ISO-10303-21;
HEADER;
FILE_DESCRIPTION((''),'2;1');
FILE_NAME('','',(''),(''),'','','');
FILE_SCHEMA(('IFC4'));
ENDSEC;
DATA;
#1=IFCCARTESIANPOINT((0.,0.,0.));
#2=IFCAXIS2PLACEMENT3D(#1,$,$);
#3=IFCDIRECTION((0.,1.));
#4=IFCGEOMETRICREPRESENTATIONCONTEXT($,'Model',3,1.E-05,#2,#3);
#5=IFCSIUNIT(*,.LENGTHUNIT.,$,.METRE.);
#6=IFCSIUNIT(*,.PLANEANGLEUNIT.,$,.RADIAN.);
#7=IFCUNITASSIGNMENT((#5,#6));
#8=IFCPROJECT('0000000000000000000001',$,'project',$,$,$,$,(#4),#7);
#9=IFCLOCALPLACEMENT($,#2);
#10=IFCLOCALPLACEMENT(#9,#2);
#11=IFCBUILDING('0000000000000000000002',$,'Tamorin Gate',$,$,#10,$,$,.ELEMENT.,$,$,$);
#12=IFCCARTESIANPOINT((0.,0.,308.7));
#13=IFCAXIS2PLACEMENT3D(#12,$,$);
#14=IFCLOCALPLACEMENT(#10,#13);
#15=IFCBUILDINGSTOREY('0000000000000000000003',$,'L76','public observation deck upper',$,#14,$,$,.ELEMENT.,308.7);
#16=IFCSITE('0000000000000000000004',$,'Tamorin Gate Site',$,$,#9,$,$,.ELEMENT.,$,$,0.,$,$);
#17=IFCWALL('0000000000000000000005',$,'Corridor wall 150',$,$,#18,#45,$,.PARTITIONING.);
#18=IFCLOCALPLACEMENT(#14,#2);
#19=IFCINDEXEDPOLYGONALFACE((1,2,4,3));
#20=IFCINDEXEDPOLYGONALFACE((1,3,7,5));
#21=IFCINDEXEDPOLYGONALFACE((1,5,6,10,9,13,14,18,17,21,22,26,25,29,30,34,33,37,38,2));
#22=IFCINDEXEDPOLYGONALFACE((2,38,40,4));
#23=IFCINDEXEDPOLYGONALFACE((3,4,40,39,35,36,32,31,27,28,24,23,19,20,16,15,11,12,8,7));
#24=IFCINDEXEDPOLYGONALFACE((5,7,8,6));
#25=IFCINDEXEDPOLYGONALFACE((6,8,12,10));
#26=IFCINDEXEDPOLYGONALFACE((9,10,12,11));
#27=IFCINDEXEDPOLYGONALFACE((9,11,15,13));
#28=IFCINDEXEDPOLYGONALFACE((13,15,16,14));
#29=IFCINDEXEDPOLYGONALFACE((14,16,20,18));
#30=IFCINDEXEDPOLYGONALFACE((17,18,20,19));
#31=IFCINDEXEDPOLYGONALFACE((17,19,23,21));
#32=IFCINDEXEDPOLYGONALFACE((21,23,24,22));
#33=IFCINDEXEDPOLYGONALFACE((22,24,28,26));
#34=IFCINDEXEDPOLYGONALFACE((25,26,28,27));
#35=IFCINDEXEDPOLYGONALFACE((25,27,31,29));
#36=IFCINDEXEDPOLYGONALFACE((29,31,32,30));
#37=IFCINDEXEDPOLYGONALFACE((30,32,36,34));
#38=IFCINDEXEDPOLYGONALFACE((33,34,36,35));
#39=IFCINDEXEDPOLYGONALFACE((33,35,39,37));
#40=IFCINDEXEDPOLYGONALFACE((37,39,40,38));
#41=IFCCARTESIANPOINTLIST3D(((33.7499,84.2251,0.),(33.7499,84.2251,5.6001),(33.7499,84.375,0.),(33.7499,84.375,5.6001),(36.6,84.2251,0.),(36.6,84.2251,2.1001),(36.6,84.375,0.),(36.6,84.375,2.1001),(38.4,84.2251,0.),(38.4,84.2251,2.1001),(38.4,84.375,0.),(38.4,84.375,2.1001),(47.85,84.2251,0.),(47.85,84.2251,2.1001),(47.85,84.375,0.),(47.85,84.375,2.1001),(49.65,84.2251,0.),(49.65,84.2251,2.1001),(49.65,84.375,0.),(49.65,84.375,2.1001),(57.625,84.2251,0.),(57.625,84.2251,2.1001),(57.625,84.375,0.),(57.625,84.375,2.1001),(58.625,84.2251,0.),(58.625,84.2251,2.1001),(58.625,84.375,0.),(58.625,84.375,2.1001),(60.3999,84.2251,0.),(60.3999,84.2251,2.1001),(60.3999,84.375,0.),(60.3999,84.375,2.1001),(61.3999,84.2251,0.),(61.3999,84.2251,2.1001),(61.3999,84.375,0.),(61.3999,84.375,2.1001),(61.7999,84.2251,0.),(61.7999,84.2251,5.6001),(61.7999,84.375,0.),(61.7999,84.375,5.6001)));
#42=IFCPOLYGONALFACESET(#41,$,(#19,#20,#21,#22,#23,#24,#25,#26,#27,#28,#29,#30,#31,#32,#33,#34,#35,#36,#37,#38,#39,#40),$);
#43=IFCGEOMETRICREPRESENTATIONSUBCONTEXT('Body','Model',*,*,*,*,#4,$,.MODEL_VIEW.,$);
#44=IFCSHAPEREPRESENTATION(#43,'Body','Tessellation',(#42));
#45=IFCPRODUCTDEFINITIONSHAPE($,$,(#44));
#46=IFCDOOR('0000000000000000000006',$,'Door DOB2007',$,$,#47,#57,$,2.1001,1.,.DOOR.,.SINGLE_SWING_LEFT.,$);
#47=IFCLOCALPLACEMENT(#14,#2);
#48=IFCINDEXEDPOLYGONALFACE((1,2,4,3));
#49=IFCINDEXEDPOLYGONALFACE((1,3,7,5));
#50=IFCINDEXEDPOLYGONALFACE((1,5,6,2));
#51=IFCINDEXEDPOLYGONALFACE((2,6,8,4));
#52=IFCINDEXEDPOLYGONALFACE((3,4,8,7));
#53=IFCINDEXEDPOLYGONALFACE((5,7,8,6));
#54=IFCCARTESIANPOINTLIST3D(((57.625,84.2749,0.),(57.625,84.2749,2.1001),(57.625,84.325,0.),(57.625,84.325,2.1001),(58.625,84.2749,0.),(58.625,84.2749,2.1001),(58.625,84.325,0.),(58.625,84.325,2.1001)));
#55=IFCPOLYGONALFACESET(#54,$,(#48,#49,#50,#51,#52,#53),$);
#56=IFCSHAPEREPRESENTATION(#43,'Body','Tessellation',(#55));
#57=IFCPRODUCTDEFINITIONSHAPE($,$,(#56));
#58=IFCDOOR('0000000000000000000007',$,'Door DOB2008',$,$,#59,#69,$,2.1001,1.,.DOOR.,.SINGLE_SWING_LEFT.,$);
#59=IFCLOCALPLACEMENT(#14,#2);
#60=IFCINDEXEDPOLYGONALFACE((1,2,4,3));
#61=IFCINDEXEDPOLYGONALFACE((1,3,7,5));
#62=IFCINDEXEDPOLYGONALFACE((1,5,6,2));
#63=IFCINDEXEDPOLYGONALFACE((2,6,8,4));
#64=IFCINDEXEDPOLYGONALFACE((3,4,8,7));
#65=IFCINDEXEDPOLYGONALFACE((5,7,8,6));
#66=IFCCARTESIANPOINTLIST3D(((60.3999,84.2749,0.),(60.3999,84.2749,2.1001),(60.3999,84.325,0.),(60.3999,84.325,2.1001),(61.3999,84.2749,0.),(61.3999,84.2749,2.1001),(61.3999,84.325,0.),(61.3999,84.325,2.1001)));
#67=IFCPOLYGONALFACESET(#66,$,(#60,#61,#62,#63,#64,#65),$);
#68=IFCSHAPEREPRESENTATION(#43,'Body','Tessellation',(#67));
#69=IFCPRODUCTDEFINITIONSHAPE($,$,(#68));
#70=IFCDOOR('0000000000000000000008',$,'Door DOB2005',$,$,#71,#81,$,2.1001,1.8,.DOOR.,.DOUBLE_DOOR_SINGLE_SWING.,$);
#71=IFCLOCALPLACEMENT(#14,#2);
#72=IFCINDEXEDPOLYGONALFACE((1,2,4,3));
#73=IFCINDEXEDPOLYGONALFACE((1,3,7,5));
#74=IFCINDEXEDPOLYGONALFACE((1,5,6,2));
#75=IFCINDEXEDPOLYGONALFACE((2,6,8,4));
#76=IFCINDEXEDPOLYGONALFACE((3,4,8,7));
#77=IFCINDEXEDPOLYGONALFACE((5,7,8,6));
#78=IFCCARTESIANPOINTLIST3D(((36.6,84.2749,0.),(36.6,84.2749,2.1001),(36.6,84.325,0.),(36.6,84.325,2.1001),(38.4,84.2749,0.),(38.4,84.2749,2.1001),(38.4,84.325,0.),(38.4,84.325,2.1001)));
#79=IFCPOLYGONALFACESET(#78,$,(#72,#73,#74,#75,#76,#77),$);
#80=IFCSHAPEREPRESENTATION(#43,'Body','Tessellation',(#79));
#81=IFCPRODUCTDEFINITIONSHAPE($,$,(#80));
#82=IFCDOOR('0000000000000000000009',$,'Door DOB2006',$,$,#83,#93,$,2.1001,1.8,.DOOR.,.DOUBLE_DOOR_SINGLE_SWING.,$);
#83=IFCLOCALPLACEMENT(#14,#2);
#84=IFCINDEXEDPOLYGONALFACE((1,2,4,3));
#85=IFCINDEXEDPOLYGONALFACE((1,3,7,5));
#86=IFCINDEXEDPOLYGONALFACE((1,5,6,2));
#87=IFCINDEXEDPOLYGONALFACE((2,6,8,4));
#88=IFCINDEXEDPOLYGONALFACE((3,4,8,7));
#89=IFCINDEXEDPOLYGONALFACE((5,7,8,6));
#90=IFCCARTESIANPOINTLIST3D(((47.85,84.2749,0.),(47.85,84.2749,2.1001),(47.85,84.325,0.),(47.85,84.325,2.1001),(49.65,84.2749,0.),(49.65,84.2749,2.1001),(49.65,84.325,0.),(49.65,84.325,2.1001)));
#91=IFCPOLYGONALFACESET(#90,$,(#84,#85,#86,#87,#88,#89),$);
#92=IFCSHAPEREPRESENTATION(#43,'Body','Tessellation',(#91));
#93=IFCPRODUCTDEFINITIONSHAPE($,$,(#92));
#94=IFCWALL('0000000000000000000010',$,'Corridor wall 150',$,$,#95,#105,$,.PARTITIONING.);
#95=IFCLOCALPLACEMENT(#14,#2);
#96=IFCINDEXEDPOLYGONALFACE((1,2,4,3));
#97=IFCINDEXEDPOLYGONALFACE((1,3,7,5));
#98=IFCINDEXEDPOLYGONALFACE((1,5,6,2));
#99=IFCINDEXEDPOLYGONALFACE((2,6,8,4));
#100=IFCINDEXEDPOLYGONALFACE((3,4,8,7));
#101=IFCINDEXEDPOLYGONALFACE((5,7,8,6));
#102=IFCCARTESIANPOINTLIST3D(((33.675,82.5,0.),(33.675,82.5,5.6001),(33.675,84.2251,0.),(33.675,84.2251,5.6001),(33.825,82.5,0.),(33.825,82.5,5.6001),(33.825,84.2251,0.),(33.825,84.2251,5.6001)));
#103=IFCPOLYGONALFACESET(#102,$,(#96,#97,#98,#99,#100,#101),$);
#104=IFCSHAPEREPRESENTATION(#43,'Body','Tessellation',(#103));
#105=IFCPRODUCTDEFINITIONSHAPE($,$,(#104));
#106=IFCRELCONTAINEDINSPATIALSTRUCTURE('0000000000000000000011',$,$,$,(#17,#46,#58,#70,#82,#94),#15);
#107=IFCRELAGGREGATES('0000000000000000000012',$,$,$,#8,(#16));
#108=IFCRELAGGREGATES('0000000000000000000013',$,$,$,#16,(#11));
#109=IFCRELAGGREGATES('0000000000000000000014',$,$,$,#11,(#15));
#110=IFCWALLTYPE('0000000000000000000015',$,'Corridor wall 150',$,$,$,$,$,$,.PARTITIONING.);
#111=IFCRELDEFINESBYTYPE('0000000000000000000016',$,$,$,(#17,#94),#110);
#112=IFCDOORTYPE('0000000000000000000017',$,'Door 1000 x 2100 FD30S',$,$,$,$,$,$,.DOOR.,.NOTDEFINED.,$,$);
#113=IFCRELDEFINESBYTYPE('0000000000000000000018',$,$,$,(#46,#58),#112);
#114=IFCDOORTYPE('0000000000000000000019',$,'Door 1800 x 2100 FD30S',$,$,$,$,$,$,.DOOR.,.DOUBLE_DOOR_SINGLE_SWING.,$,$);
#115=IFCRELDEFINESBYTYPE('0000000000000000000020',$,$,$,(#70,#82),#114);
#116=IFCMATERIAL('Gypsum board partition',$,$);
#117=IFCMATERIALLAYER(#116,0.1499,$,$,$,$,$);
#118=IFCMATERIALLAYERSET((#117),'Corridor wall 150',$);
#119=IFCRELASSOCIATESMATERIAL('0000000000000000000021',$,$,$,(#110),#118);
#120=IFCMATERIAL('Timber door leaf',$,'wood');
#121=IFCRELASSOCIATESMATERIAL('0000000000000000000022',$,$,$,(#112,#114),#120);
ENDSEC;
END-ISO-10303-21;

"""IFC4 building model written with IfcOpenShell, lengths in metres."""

from ifc_helpers import new_model, si_unit, direction, frame, frame_2d, origin, place, context, subcontext, project, spatial, rectangle, extrude, material, layer, layer_set, type_object, element, fill, save


model = new_model("IFC4")

# Units and contexts
model_context = context("Model", 3, precision=1e-05, world=origin(), true_north=direction((0.0, 1.0)))
body_context = subcontext(model_context, "Body", "Model", "MODEL_VIEW")
ifc_project = project(units=[si_unit("LENGTHUNIT", "METRE"), si_unit("PLANEANGLEUNIT", "RADIAN")], contexts=[model_context])

# Site, building, storey
site_placement = place(None, origin())
site = spatial("IfcSite", under=ifc_project, at=site_placement, Name="Tamorin Gate Site", CompositionType="ELEMENT", RefElevation=0.0)
building_placement = place(site_placement, origin())
building = spatial("IfcBuilding", under=site, at=building_placement, Name="Tamorin Gate", CompositionType="ELEMENT")
storey_placement = place(building_placement, frame((0.0, 0.0, 308.7)))
storey = spatial("IfcBuildingStorey", under=building, at=storey_placement, Name="L76", Description="public observation deck upper", CompositionType="ELEMENT", Elevation=308.7)

# Wall, openings, doors
ifc_material_1 = material(Name="Gypsum board partition")
ifc_layer_1 = layer(ifc_material_1, 0.1499)
ifc_layer_set_1 = layer_set([ifc_layer_1], Name="Corridor wall 150")
wall_type_1 = type_object("IfcWallType", Name="Corridor wall 150", PredefinedType="PARTITIONING", material=ifc_layer_set_1)
wall_1_placement = place(storey_placement, frame((33.75, 84.3, 0.0), z_axis=(0.0, 0.0, 1.0), x_axis=(1.0, 0.0, 0.0)))
wall_1 = element("IfcWall", 1, at=wall_1_placement, inside=storey, type_object=wall_type_1, Name="Corridor wall 150", PredefinedType="PARTITIONING", context=body_context, shape_type="SweptSolid", body=[
    extrude(rectangle(XDim=28.05, YDim=0.1499, at=frame_2d((14.0249, 0.0))), origin(), (0.0, 0.0, 1.0), 5.6001),
])
opening_1_placement = place(wall_1_placement, frame((2.8501, 0.0, 0.0)))
opening_1 = element("IfcOpeningElement", 2, at=opening_1_placement, cuts=wall_1, PredefinedType="OPENING", context=body_context, shape_type="SweptSolid", body=[
    extrude(rectangle(XDim=1.8, YDim=2.1001, at=frame_2d((0.8999, 1.05))), frame((0.0, 0.085, 0.0), z_axis=(0.0, -1.0, 0.0), x_axis=(1.0, 0.0, 0.0)), (0.0, 0.0, 1.0), 0.1699),
])
opening_2_placement = place(wall_1_placement, frame((14.1001, 0.0, 0.0)))
opening_2 = element("IfcOpeningElement", 3, at=opening_2_placement, cuts=wall_1, PredefinedType="OPENING", context=body_context, shape_type="SweptSolid", body=[
    extrude(rectangle(XDim=1.8, YDim=2.1001, at=frame_2d((0.8999, 1.05))), frame((0.0, 0.085, 0.0), z_axis=(0.0, -1.0, 0.0), x_axis=(1.0, 0.0, 0.0)), (0.0, 0.0, 1.0), 0.1699),
])
opening_3_placement = place(wall_1_placement, frame((23.875, 0.0, 0.0)))
opening_3 = element("IfcOpeningElement", 4, at=opening_3_placement, cuts=wall_1, PredefinedType="OPENING", context=body_context, shape_type="SweptSolid", body=[
    extrude(rectangle(XDim=1.0, YDim=2.1001, at=frame_2d((0.5, 1.05))), frame((0.0, 0.085, 0.0), z_axis=(0.0, -1.0, 0.0), x_axis=(1.0, 0.0, 0.0)), (0.0, 0.0, 1.0), 0.1699),
])
opening_4_placement = place(wall_1_placement, frame((26.6499, 0.0, 0.0)))
opening_4 = element("IfcOpeningElement", 5, at=opening_4_placement, cuts=wall_1, PredefinedType="OPENING", context=body_context, shape_type="SweptSolid", body=[
    extrude(rectangle(XDim=1.0, YDim=2.1001, at=frame_2d((0.5, 1.05))), frame((0.0, 0.085, 0.0), z_axis=(0.0, -1.0, 0.0), x_axis=(1.0, 0.0, 0.0)), (0.0, 0.0, 1.0), 0.1699),
])
ifc_material_2 = material(Name="Timber door leaf", Category="wood")
door_type_1 = type_object("IfcDoorType", Name="Door 1000 x 2100 FD30S", OperationType="NOTDEFINED", PredefinedType="DOOR", material=ifc_material_2)
door_1_placement = place(opening_3_placement, origin())
door_1 = element("IfcDoor", 6, at=door_1_placement, inside=storey, type_object=door_type_1, Name="Door DOB2007", OperationType="SINGLE_SWING_LEFT", OverallHeight=2.1001, OverallWidth=1.0, PredefinedType="DOOR", context=body_context, shape_type="SweptSolid", body=[
    extrude(rectangle(XDim=1.0, YDim=2.1001, at=frame_2d((0.5, 1.05))), frame((0.0, 0.0249, 0.0), z_axis=(0.0, -1.0, 0.0), x_axis=(1.0, 0.0, 0.0)), (0.0, 0.0, 1.0), 0.05),
])
fill(opening_3, door_1)
door_2_placement = place(opening_4_placement, origin())
door_2 = element("IfcDoor", 7, at=door_2_placement, inside=storey, type_object=door_type_1, Name="Door DOB2008", OperationType="SINGLE_SWING_LEFT", OverallHeight=2.1001, OverallWidth=1.0, PredefinedType="DOOR", context=body_context, shape_type="SweptSolid", body=[
    extrude(rectangle(XDim=1.0, YDim=2.1001, at=frame_2d((0.5, 1.05))), frame((0.0, 0.0249, 0.0), z_axis=(0.0, -1.0, 0.0), x_axis=(1.0, 0.0, 0.0)), (0.0, 0.0, 1.0), 0.05),
])
fill(opening_4, door_2)
door_type_2 = type_object("IfcDoorType", Name="Door 1800 x 2100 FD30S", OperationType="DOUBLE_DOOR_SINGLE_SWING", PredefinedType="DOOR", material=ifc_material_2)
door_3_placement = place(opening_1_placement, origin())
door_3 = element("IfcDoor", 8, at=door_3_placement, inside=storey, type_object=door_type_2, Name="Door DOB2005", OperationType="DOUBLE_DOOR_SINGLE_SWING", OverallHeight=2.1001, OverallWidth=1.8, PredefinedType="DOOR", context=body_context, shape_type="SweptSolid", body=[
    extrude(rectangle(XDim=1.8, YDim=2.1001, at=frame_2d((0.8999, 1.05))), frame((0.0, 0.0249, 0.0), z_axis=(0.0, -1.0, 0.0), x_axis=(1.0, 0.0, 0.0)), (0.0, 0.0, 1.0), 0.05),
])
fill(opening_1, door_3)
door_4_placement = place(opening_2_placement, origin())
door_4 = element("IfcDoor", 9, at=door_4_placement, inside=storey, type_object=door_type_2, Name="Door DOB2006", OperationType="DOUBLE_DOOR_SINGLE_SWING", OverallHeight=2.1001, OverallWidth=1.8, PredefinedType="DOOR", context=body_context, shape_type="SweptSolid", body=[
    extrude(rectangle(XDim=1.8, YDim=2.1001, at=frame_2d((0.8999, 1.05))), frame((0.0, 0.0249, 0.0), z_axis=(0.0, -1.0, 0.0), x_axis=(1.0, 0.0, 0.0)), (0.0, 0.0, 1.0), 0.05),
])
fill(opening_2, door_4)

# Wall
wall_2_placement = place(storey_placement, frame((33.75, 82.5, 0.0), z_axis=(0.0, 0.0, 1.0), x_axis=(0.0, 1.0, 0.0)))
element("IfcWall", 10, at=wall_2_placement, inside=storey, type_object=wall_type_1, Name="Corridor wall 150", PredefinedType="PARTITIONING", context=body_context, shape_type="SweptSolid", body=[
    extrude(rectangle(XDim=1.7251, YDim=0.1499, at=frame_2d((0.8625, 0.0))), origin(), (0.0, 0.0, 1.0), 5.6001),
])

save(model, "model.ifc")
